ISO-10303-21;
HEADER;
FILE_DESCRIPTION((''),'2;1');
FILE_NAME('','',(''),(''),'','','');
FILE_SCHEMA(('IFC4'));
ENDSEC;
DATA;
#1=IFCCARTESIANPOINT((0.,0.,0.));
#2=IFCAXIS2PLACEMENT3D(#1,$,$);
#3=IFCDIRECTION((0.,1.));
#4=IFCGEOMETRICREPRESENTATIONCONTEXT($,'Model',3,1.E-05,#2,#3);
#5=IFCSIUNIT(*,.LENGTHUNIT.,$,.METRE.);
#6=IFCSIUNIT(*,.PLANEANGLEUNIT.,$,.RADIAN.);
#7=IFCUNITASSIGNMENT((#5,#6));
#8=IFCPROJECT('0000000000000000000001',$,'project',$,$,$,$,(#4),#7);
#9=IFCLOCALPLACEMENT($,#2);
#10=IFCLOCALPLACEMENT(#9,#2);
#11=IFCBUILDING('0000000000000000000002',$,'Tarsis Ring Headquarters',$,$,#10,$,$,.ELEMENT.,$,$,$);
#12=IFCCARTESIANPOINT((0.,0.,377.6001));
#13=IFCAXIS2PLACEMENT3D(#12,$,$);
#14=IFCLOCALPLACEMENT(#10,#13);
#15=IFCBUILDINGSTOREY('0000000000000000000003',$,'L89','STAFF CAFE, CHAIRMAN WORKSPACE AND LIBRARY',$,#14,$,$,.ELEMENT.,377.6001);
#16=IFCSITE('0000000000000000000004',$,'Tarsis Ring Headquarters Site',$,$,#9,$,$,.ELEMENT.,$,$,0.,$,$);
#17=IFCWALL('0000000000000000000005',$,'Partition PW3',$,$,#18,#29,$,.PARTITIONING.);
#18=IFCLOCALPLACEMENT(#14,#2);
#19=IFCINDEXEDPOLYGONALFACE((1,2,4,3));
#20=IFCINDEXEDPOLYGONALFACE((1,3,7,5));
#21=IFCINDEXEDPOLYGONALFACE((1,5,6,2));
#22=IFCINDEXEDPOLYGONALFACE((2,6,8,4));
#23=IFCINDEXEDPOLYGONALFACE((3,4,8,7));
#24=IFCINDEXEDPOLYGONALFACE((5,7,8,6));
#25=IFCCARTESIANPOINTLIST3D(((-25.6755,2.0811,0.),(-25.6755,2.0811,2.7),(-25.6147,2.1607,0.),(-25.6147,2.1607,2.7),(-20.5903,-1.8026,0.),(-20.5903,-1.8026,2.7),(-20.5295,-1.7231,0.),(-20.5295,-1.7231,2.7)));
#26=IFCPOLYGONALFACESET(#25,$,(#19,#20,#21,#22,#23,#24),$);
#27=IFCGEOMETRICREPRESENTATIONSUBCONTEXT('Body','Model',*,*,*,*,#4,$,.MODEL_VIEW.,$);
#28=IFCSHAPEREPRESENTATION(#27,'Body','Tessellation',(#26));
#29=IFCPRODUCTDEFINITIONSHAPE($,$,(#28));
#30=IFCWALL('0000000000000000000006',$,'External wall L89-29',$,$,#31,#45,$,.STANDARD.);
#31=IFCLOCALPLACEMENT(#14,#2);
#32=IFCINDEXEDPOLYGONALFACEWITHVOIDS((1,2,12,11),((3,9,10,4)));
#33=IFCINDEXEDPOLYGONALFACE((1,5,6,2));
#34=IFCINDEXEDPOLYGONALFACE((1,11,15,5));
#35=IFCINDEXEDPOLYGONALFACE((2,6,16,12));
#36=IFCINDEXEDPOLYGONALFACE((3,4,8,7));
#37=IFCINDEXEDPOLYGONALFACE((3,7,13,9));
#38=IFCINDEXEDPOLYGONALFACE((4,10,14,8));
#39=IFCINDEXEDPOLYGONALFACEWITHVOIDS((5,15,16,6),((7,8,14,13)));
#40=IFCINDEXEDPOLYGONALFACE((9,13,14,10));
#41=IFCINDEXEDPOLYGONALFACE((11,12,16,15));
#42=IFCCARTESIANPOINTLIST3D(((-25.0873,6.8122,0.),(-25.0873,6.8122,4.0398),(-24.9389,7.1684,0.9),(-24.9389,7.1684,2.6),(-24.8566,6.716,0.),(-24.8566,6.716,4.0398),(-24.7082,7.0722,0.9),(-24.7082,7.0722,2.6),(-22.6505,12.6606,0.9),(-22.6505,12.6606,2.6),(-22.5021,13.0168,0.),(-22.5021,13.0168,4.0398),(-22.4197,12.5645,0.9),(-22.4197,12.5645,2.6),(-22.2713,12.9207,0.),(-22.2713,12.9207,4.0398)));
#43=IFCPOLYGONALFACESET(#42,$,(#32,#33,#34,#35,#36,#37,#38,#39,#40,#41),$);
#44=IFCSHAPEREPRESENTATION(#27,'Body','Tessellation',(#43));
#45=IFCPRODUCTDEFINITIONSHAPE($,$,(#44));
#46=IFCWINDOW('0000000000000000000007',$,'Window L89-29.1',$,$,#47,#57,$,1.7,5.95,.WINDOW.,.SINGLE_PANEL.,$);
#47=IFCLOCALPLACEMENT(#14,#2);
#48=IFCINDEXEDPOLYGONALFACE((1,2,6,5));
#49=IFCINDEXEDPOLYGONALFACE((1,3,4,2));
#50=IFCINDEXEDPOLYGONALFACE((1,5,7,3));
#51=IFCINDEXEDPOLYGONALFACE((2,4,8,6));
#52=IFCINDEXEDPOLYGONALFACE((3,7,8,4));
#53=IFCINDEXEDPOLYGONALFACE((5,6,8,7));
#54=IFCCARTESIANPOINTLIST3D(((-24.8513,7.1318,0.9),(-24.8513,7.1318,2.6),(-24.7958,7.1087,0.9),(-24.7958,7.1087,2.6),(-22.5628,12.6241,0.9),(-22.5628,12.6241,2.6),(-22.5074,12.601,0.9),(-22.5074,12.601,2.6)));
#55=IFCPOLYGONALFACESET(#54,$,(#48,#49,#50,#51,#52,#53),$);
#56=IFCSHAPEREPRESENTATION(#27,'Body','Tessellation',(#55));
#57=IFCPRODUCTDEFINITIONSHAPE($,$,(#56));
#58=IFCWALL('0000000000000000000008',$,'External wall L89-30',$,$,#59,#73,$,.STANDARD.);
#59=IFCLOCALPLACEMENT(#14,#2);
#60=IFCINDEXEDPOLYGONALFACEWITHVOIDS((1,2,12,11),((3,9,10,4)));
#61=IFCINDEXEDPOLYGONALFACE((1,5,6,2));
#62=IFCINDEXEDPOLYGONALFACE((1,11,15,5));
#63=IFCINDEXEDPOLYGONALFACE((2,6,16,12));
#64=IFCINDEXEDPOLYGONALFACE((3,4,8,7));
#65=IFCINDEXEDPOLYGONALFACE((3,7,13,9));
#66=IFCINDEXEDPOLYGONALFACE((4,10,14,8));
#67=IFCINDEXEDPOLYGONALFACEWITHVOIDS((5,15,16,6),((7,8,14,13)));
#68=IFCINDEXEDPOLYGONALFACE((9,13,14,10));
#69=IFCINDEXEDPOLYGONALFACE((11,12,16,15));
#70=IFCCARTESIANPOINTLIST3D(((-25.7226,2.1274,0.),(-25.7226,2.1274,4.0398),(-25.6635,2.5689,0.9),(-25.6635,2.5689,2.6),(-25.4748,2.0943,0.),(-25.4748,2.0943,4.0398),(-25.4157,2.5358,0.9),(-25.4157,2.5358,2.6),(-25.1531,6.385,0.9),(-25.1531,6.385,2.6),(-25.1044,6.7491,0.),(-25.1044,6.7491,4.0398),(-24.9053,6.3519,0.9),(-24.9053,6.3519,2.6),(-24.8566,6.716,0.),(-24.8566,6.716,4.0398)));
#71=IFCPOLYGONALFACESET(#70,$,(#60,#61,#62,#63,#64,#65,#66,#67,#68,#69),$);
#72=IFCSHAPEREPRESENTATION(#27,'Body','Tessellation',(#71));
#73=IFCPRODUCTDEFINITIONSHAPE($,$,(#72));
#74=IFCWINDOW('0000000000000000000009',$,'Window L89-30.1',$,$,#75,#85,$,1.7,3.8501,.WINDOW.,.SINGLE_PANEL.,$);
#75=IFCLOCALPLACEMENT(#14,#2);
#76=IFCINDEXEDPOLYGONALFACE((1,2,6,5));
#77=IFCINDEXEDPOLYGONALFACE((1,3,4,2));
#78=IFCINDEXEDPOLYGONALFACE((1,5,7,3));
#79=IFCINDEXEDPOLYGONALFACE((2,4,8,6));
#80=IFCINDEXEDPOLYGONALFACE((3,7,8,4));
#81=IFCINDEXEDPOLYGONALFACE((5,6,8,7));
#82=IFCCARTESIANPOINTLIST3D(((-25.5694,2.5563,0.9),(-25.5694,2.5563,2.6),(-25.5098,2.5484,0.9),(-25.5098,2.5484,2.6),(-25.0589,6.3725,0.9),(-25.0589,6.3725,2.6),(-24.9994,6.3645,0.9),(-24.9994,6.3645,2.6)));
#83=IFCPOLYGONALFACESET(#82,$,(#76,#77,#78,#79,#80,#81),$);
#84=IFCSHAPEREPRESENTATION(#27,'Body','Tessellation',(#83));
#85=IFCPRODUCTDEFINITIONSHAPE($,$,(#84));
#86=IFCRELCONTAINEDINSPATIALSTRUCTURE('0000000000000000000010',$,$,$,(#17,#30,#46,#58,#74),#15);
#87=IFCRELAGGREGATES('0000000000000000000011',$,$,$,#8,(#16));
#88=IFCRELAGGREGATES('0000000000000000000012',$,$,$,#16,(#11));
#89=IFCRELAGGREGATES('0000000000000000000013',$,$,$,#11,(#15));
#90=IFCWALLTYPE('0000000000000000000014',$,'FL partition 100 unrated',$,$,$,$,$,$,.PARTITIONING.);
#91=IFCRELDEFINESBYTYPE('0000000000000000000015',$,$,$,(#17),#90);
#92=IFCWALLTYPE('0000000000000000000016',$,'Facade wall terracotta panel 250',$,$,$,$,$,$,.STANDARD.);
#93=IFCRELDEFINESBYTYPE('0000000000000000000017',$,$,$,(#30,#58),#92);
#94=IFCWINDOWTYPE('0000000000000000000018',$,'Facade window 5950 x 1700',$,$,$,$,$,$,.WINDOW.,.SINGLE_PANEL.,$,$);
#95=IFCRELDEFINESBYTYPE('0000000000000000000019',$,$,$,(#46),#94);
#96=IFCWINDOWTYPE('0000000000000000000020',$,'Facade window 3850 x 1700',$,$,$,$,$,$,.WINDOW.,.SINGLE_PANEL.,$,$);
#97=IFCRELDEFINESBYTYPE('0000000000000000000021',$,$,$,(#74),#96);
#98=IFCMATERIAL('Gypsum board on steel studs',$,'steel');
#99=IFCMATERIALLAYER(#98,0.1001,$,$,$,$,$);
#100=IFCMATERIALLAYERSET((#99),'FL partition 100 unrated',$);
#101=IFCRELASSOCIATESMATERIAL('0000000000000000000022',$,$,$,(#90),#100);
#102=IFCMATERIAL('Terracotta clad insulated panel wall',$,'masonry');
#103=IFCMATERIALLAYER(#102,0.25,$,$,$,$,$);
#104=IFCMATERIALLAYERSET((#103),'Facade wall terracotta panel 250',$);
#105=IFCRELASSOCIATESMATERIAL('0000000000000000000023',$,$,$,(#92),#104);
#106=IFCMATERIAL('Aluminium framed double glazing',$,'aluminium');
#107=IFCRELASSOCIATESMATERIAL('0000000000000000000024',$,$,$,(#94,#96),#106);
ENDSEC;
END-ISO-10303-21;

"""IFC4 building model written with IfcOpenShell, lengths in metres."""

from ifc_helpers import new_model, si_unit, direction, frame, frame_2d, origin, place, context, subcontext, project, spatial, rectangle, extrude, material, layer, layer_set, type_object, element, fill, save


model = new_model("IFC4")

# Units and contexts
model_context = context("Model", 3, precision=1e-05, world=origin(), true_north=direction((0.0, 1.0)))
body_context = subcontext(model_context, "Body", "Model", "MODEL_VIEW")
ifc_project = project(units=[si_unit("LENGTHUNIT", "METRE"), si_unit("PLANEANGLEUNIT", "RADIAN")], contexts=[model_context])

# Site, building, storey
site_placement = place(None, origin())
site = spatial("IfcSite", under=ifc_project, at=site_placement, Name="Tarsis Ring Headquarters Site", CompositionType="ELEMENT", RefElevation=0.0)
building_placement = place(site_placement, origin())
building = spatial("IfcBuilding", under=site, at=building_placement, Name="Tarsis Ring Headquarters", CompositionType="ELEMENT")
storey_placement = place(building_placement, frame((0.0, 0.0, 377.6001)))
storey = spatial("IfcBuildingStorey", under=building, at=storey_placement, Name="L89", Description="STAFF CAFE, CHAIRMAN WORKSPACE AND LIBRARY", CompositionType="ELEMENT", Elevation=377.6001)

# Wall
ifc_material_1 = material(Name="Gypsum board on steel studs", Category="steel")
ifc_layer_1 = layer(ifc_material_1, 0.1001)
ifc_layer_set_1 = layer_set([ifc_layer_1], Name="FL partition 100 unrated")
wall_type_1 = type_object("IfcWallType", Name="FL partition 100 unrated", PredefinedType="PARTITIONING", material=ifc_layer_set_1)
wall_1_placement = place(storey_placement, frame((-25.645, 2.1208, 0.0), z_axis=(0.0, 0.0, 1.0), x_axis=(0.794727, -0.606967, 0.0)))
element("IfcWall", 1, at=wall_1_placement, inside=storey, type_object=wall_type_1, Name="Partition PW3", PredefinedType="PARTITIONING", context=body_context, shape_type="SweptSolid", body=[
    extrude(rectangle(XDim=6.3987, YDim=0.1001, at=frame_2d((3.1992, 0.0))), origin(), (0.0, 0.0, 1.0), 2.7),
])

# Walls, openings, windows
ifc_material_2 = material(Name="Terracotta clad insulated panel wall", Category="masonry")
ifc_layer_2 = layer(ifc_material_2, 0.25)
ifc_layer_set_2 = layer_set([ifc_layer_2], Name="Facade wall terracotta panel 250")
wall_type_2 = type_object("IfcWallType", Name="Facade wall terracotta panel 250", PredefinedType="STANDARD", material=ifc_layer_set_2)
wall_2_placement = place(storey_placement, frame((-22.3867, 12.9688, 0.0), z_axis=(0.0, 0.0, 1.0), x_axis=(-0.38461, -0.923079, 0.0)))
wall_2 = element("IfcWall", 2, at=wall_2_placement, inside=storey, type_object=wall_type_2, Name="External wall L89-29", PredefinedType="STANDARD", context=body_context, shape_type="SweptSolid", body=[
    extrude(rectangle(XDim=6.7217, YDim=0.25, at=frame_2d((3.3608, 0.0))), origin(), (0.0, 0.0, 1.0), 4.0398),
])
opening_1_placement = place(wall_2_placement, frame((0.3857, 0.0, 0.8999)))
opening_1 = element("IfcOpeningElement", 3, at=opening_1_placement, cuts=wall_2, PredefinedType="OPENING", context=body_context, shape_type="SweptSolid", body=[
    extrude(rectangle(XDim=5.95, YDim=1.7, at=frame_2d((2.9751, 0.8501))), frame((0.0, 0.135, 0.0), z_axis=(0.0, -1.0, 0.0), x_axis=(1.0, 0.0, 0.0)), (0.0, 0.0, 1.0), 0.27),
])
ifc_material_3 = material(Name="Aluminium framed double glazing", Category="aluminium")
window_type_1 = type_object("IfcWindowType", Name="Facade window 5950 x 1700", PartitioningType="SINGLE_PANEL", PredefinedType="WINDOW", material=ifc_material_3)
window_1_placement = place(opening_1_placement, origin())
window_1 = element("IfcWindow", 4, at=window_1_placement, inside=storey, type_object=window_type_1, Name="Window L89-29.1", OverallHeight=1.7, OverallWidth=5.95, PartitioningType="SINGLE_PANEL", PredefinedType="WINDOW", context=body_context, shape_type="SweptSolid", body=[
    extrude(rectangle(XDim=5.95, YDim=1.7, at=frame_2d((2.9751, 0.8501))), frame((0.0, 0.03, 0.0), z_axis=(0.0, -1.0, 0.0), x_axis=(1.0, 0.0, 0.0)), (0.0, 0.0, 1.0), 0.0601),
])
fill(opening_1, window_1)
wall_3_placement = place(storey_placement, frame((-24.9805, 6.7327, 0.0), z_axis=(0.0, 0.0, 1.0), x_axis=(-0.132575, -0.991173, 0.0)))
wall_3 = element("IfcWall", 5, at=wall_3_placement, inside=storey, type_object=wall_type_2, Name="External wall L89-30", PredefinedType="STANDARD", context=body_context, shape_type="SweptSolid", body=[
    extrude(rectangle(XDim=4.6628, YDim=0.25, at=frame_2d((2.3315, 0.0))), origin(), (0.0, 0.0, 1.0), 4.0398),
])
opening_2_placement = place(wall_3_placement, frame((0.3674, 0.0, 0.8999)))
opening_2 = element("IfcOpeningElement", 6, at=opening_2_placement, cuts=wall_3, PredefinedType="OPENING", context=body_context, shape_type="SweptSolid", body=[
    extrude(rectangle(XDim=3.8501, YDim=1.7, at=frame_2d((1.925, 0.8501))), frame((0.0, 0.135, 0.0), z_axis=(0.0, -1.0, 0.0), x_axis=(1.0, 0.0, 0.0)), (0.0, 0.0, 1.0), 0.27),
])
window_type_2 = type_object("IfcWindowType", Name="Facade window 3850 x 1700", PartitioningType="SINGLE_PANEL", PredefinedType="WINDOW", material=ifc_material_3)
window_2_placement = place(opening_2_placement, origin())
window_2 = element("IfcWindow", 7, at=window_2_placement, inside=storey, type_object=window_type_2, Name="Window L89-30.1", OverallHeight=1.7, OverallWidth=3.8501, PartitioningType="SINGLE_PANEL", PredefinedType="WINDOW", context=body_context, shape_type="SweptSolid", body=[
    extrude(rectangle(XDim=3.8501, YDim=1.7, at=frame_2d((1.925, 0.8501))), frame((0.0, 0.03, 0.0), z_axis=(0.0, -1.0, 0.0), x_axis=(1.0, 0.0, 0.0)), (0.0, 0.0, 1.0), 0.0601),
])
fill(opening_2, window_2)

save(model, "model.ifc")
